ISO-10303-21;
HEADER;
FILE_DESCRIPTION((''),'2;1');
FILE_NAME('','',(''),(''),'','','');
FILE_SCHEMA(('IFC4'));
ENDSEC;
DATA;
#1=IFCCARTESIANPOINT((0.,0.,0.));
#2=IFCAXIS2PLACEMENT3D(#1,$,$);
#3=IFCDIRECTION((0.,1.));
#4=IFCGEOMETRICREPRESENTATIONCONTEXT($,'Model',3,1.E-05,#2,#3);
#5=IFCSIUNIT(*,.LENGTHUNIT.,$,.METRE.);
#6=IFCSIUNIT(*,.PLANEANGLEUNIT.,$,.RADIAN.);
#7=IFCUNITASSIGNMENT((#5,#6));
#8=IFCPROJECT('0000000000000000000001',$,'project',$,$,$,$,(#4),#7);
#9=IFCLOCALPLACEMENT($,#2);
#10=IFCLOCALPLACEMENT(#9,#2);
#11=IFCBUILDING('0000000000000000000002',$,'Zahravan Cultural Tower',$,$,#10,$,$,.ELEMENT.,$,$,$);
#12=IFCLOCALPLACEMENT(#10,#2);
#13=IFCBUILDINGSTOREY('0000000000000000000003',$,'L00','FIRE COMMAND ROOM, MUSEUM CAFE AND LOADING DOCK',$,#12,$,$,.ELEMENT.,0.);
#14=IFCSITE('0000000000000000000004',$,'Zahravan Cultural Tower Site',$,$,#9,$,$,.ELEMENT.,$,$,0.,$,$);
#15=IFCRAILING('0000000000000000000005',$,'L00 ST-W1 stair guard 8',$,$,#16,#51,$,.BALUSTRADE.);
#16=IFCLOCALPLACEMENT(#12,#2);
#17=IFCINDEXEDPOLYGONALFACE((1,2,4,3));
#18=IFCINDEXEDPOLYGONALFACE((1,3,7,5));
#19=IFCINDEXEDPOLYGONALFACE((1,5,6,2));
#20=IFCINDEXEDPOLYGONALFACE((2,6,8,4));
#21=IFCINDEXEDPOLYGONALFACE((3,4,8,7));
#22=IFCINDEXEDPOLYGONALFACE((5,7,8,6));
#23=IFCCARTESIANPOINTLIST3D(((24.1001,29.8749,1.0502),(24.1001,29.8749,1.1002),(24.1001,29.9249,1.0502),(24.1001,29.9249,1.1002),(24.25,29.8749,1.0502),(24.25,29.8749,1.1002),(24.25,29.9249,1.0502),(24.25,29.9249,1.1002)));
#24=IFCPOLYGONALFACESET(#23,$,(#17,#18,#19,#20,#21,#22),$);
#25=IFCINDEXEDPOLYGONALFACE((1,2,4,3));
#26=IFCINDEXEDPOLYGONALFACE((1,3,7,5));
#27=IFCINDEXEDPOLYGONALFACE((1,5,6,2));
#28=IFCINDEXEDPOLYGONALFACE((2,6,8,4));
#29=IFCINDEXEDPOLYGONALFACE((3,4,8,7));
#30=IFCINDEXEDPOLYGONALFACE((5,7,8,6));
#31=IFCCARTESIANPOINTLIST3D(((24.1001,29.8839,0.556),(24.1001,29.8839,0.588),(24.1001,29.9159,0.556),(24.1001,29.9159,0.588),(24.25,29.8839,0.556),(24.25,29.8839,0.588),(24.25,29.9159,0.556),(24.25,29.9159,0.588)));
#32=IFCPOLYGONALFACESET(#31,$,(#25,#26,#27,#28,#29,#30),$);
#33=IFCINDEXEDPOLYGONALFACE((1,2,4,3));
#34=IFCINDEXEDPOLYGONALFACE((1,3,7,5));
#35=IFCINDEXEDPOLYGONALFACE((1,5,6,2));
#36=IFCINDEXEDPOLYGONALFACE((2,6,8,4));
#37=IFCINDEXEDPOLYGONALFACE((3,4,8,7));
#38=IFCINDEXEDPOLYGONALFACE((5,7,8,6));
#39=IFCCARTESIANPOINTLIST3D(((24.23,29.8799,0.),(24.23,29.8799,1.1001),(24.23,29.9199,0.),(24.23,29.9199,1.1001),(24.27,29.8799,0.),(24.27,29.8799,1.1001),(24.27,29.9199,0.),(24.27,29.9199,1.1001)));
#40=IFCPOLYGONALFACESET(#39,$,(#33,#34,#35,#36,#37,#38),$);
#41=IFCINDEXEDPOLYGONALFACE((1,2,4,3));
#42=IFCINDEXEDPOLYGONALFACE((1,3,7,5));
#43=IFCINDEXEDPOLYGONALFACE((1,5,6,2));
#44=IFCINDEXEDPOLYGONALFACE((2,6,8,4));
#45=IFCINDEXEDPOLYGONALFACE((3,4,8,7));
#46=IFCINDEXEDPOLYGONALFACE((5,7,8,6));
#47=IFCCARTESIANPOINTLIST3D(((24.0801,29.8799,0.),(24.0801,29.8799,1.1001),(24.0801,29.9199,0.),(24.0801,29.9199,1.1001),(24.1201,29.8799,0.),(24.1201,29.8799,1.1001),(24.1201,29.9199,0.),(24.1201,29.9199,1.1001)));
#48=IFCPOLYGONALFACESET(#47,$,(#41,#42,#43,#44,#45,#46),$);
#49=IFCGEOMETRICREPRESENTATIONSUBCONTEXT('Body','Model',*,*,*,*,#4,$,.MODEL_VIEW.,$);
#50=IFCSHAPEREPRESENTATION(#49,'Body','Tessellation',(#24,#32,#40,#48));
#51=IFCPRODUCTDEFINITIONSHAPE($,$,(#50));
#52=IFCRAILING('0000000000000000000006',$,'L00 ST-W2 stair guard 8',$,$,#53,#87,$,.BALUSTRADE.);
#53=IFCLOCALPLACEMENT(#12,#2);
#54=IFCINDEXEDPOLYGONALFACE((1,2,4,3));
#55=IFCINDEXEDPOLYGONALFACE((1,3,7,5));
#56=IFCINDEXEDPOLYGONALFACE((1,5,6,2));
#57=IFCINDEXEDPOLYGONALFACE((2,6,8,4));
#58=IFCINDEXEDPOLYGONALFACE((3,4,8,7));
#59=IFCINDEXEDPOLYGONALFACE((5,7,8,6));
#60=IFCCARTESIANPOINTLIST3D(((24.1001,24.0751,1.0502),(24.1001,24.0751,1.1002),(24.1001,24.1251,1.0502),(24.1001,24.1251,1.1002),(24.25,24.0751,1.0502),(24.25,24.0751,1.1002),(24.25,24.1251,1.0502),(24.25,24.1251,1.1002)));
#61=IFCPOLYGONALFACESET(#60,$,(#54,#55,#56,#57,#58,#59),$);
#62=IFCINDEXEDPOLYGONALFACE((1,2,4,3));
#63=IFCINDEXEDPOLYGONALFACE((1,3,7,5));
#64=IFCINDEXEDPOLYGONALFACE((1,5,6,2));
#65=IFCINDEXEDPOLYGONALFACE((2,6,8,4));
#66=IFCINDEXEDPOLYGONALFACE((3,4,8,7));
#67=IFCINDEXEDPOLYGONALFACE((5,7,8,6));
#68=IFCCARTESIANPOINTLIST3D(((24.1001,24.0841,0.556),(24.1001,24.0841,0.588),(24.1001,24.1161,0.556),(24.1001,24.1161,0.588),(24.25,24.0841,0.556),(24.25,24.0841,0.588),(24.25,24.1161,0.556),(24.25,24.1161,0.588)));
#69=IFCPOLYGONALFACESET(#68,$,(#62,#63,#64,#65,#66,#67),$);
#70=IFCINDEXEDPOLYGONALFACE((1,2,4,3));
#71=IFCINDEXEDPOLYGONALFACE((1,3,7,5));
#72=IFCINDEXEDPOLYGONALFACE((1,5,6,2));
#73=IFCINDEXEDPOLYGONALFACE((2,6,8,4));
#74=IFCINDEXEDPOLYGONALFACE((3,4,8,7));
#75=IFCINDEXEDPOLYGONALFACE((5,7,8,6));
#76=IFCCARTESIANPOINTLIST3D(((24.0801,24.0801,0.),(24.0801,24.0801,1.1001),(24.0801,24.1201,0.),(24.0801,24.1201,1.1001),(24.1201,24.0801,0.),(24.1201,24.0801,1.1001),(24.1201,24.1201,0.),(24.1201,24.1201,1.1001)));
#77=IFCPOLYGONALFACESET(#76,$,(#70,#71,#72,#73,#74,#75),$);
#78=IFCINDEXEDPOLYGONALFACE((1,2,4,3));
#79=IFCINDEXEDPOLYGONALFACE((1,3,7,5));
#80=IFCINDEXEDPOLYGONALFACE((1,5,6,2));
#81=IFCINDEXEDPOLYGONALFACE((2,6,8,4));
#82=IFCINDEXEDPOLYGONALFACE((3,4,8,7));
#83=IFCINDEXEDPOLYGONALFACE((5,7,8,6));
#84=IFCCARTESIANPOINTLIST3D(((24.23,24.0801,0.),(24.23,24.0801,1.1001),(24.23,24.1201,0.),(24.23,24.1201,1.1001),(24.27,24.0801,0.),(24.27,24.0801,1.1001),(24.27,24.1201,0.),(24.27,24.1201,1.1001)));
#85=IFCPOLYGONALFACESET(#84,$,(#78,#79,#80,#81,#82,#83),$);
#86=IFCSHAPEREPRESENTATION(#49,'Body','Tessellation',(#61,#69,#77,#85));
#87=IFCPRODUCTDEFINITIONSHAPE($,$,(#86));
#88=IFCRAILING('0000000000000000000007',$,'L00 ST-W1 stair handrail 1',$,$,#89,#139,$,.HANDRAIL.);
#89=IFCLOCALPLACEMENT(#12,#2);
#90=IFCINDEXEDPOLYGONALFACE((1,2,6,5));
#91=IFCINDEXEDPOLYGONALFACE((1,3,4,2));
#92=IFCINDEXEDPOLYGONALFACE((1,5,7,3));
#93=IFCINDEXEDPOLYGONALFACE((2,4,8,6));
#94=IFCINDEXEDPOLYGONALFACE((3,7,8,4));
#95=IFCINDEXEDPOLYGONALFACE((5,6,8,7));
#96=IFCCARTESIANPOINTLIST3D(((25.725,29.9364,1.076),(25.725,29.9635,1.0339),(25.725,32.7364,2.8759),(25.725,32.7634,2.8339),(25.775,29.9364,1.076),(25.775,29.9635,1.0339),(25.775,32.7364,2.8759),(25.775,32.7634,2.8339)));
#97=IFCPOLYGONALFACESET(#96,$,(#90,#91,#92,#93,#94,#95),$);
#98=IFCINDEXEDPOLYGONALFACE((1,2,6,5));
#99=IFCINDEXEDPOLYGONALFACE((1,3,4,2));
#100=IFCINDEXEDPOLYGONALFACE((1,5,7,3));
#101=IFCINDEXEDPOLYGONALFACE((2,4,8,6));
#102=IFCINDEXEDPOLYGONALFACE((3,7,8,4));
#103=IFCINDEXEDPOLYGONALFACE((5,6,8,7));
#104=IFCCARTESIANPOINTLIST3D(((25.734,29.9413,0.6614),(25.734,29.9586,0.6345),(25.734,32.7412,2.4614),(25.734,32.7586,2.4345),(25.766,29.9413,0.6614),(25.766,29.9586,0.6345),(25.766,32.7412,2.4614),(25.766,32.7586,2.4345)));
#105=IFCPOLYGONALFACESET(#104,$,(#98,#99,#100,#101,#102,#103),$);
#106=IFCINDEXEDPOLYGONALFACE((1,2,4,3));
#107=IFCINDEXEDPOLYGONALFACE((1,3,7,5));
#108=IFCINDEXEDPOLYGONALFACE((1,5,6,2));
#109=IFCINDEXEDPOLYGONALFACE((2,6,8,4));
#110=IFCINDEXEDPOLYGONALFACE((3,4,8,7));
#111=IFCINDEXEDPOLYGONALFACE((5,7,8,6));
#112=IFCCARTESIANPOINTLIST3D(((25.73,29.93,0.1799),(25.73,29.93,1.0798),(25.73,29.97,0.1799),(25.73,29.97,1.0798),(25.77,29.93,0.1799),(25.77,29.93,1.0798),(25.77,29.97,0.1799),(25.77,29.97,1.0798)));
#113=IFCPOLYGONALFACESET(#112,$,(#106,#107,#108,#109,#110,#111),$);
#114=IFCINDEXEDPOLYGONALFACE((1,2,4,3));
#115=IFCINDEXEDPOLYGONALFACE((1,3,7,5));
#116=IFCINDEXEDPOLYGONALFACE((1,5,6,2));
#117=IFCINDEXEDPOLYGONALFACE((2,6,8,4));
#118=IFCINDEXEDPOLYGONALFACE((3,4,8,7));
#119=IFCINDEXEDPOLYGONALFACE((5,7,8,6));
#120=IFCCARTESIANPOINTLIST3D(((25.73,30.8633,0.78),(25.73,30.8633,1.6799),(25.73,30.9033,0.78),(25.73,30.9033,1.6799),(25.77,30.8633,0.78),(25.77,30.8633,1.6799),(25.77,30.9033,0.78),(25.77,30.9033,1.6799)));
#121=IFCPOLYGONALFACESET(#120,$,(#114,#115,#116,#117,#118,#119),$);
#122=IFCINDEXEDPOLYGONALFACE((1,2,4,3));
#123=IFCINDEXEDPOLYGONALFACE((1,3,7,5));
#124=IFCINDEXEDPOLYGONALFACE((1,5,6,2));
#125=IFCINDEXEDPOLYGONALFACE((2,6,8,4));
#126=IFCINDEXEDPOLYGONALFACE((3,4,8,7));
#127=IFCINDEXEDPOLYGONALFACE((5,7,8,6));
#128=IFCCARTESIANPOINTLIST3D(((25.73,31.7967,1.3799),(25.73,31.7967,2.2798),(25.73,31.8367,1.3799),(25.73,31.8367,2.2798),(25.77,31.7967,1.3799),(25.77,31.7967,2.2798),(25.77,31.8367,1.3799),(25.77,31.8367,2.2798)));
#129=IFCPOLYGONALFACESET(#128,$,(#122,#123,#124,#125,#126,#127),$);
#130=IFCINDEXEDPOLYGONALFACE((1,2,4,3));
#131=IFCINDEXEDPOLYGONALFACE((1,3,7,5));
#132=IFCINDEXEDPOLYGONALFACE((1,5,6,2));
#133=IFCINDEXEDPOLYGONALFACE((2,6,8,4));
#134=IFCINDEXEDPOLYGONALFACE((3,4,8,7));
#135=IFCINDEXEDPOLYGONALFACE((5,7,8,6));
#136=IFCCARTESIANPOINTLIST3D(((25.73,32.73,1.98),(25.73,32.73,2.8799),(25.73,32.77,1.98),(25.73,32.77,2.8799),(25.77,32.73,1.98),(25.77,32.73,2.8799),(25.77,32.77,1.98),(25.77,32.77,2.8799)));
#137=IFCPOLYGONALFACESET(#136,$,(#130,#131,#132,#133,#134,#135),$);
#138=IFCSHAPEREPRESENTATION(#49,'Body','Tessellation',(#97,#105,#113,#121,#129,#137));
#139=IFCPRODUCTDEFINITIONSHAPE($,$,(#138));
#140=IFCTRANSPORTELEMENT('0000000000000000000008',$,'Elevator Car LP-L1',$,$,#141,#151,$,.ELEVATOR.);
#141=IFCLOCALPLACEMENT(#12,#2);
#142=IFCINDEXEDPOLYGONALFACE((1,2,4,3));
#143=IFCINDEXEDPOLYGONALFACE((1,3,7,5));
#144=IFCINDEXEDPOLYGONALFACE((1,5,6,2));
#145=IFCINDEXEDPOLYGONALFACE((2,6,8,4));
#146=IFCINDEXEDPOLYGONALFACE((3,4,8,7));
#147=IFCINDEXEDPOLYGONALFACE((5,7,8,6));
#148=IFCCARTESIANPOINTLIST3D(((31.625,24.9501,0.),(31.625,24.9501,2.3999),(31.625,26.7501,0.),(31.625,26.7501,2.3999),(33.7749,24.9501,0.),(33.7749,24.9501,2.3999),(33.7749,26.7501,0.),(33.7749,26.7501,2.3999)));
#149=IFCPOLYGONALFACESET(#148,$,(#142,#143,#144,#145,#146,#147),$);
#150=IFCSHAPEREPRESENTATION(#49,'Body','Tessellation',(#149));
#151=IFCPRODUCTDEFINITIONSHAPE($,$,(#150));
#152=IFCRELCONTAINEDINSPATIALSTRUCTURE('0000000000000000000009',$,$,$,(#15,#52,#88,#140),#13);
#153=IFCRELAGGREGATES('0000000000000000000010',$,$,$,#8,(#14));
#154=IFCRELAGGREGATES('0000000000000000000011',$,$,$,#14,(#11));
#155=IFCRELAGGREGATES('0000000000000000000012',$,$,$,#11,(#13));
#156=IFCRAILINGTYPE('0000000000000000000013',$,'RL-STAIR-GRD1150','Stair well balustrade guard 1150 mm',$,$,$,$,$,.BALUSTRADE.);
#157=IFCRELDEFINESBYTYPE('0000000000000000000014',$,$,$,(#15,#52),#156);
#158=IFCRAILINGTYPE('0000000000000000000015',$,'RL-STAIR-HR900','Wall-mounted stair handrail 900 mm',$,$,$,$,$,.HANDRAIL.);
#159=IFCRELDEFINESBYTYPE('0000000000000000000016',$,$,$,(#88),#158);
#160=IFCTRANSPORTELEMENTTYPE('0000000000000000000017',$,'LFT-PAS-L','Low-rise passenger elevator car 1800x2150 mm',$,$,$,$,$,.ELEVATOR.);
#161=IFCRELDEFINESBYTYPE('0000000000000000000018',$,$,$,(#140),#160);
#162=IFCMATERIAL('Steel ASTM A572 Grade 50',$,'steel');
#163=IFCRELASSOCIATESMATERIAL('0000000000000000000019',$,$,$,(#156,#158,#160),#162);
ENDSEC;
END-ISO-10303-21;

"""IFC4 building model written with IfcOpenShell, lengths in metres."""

from ifc_helpers import new_model, si_unit, direction, frame, origin, origin_2d, place, context, subcontext, project, spatial, rectangle, extrude, source, transform, mapped, material, type_object, element, save


model = new_model("IFC4")

# Units and contexts
model_context = context("Model", 3, precision=1e-05, world=origin(), true_north=direction((0.0, 1.0)))
body_context = subcontext(model_context, "Body", "Model", "MODEL_VIEW")
ifc_project = project(units=[si_unit("LENGTHUNIT", "METRE"), si_unit("PLANEANGLEUNIT", "RADIAN")], contexts=[model_context])

# Site, building, storey
site_placement = place(None, origin())
site = spatial("IfcSite", under=ifc_project, at=site_placement, Name="Zahravan Cultural Tower Site", CompositionType="ELEMENT", RefElevation=0.0)
building_placement = place(site_placement, origin())
building = spatial("IfcBuilding", under=site, at=building_placement, Name="Zahravan Cultural Tower", CompositionType="ELEMENT")
storey_placement = place(building_placement, origin())
storey = spatial("IfcBuildingStorey", under=building, at=storey_placement, Name="L00", Description="FIRE COMMAND ROOM, MUSEUM CAFE AND LOADING DOCK", CompositionType="ELEMENT", Elevation=0.0)

# Shared definitions
ifc_material_1 = material(Name="Steel ASTM A572 Grade 50", Category="steel")

# Railings
railing_type_1 = type_object("IfcRailingType", Name="RL-STAIR-GRD1150", Description="Stair well balustrade guard 1150 mm", PredefinedType="BALUSTRADE", material=ifc_material_1)
railing_1_placement = place(storey_placement, frame((24.25, 29.8999, 0.0)))
element("IfcRailing", 1, at=railing_1_placement, inside=storey, type_object=railing_type_1, Name="L00 ST-W1 stair guard 8", PredefinedType="BALUSTRADE", context=body_context, shape_type="SweptSolid", body=[
    extrude(rectangle(XDim=0.05, YDim=0.05, at=origin_2d()), frame((0.0, 0.0, 1.0752), z_axis=(-1.0, 0.0, 0.0), x_axis=(0.0, -1.0, 0.0)), (0.0, 0.0, 1.0), 0.1499),
    extrude(rectangle(XDim=0.032, YDim=0.032, at=origin_2d()), frame((0.0, 0.0, 0.572), z_axis=(-1.0, 0.0, 0.0), x_axis=(0.0, -1.0, 0.0)), (0.0, 0.0, 1.0), 0.1499),
    extrude(rectangle(XDim=0.04, YDim=0.04, at=origin_2d()), origin(), (0.0, 0.0, 1.0), 1.1001),
    extrude(rectangle(XDim=0.04, YDim=0.04, at=origin_2d()), frame((-0.1499, 0.0, 0.0)), (0.0, 0.0, 1.0), 1.1001),
])
railing_2_placement = place(storey_placement, frame((24.1001, 24.1001, 0.0)))
element("IfcRailing", 2, at=railing_2_placement, inside=storey, type_object=railing_type_1, Name="L00 ST-W2 stair guard 8", PredefinedType="BALUSTRADE", context=body_context, shape_type="SweptSolid", body=[
    extrude(rectangle(XDim=0.05, YDim=0.05, at=origin_2d()), frame((0.0, 0.0, 1.0752), z_axis=(1.0, 0.0, 0.0), x_axis=(0.0, 1.0, 0.0)), (0.0, 0.0, 1.0), 0.1499),
    extrude(rectangle(XDim=0.032, YDim=0.032, at=origin_2d()), frame((0.0, 0.0, 0.572), z_axis=(1.0, 0.0, 0.0), x_axis=(0.0, 1.0, 0.0)), (0.0, 0.0, 1.0), 0.1499),
    extrude(rectangle(XDim=0.04, YDim=0.04, at=origin_2d()), origin(), (0.0, 0.0, 1.0), 1.1001),
    extrude(rectangle(XDim=0.04, YDim=0.04, at=origin_2d()), frame((0.1499, 0.0, 0.0)), (0.0, 0.0, 1.0), 1.1001),
])
railing_type_2 = type_object("IfcRailingType", Name="RL-STAIR-HR900", Description="Wall-mounted stair handrail 900 mm", PredefinedType="HANDRAIL", material=ifc_material_1)
railing_3_placement = place(storey_placement, frame((25.75, 29.95, 0.1799)))
element("IfcRailing", 3, at=railing_3_placement, inside=storey, type_object=railing_type_2, Name="L00 ST-W1 stair handrail 1", PredefinedType="HANDRAIL", context=body_context, shape_type="SweptSolid", body=[
    extrude(rectangle(XDim=0.05, YDim=0.05, at=origin_2d()), frame((0.0, 0.0, 0.875), z_axis=(0.0, 0.841176, 0.540761), x_axis=(-1.0, 0.0, 0.0)), (0.0, 0.0, 1.0), 3.3286),
    extrude(rectangle(XDim=0.032, YDim=0.032, at=origin_2d()), frame((0.0, 0.0, 0.468), z_axis=(0.0, 0.841176, 0.540761), x_axis=(-1.0, 0.0, 0.0)), (0.0, 0.0, 1.0), 3.3286),
    extrude(rectangle(XDim=0.04, YDim=0.04, at=origin_2d()), origin(), (0.0, 0.0, 1.0), 0.8999),
    extrude(rectangle(XDim=0.04, YDim=0.04, at=origin_2d()), frame((0.0, 0.9333, 0.6001)), (0.0, 0.0, 1.0), 0.8999),
    extrude(rectangle(XDim=0.04, YDim=0.04, at=origin_2d()), frame((0.0, 1.8667, 1.2)), (0.0, 0.0, 1.0), 0.8999),
    extrude(rectangle(XDim=0.04, YDim=0.04, at=origin_2d()), frame((0.0, 2.8, 1.8)), (0.0, 0.0, 1.0), 0.8999),
])

# Transport element
transport_element_type = type_object("IfcTransportElementType", Name="LFT-PAS-L", Description="Low-rise passenger elevator car 1800x2150 mm", PredefinedType="ELEVATOR", material=ifc_material_1)
shared_shape_1 = source(origin(), body_context, "Body", "SweptSolid", [
    extrude(rectangle(XDim=2.1499, YDim=1.8, at=origin_2d()), origin(), (0.0, 0.0, 1.0), 2.3999),
])
transport_element_placement = place(storey_placement, frame((32.7, 25.8501, 0.0), z_axis=(0.0, 0.0, 1.0), x_axis=(1.0, 0.0, 0.0)))
element("IfcTransportElement", 4, at=transport_element_placement, inside=storey, type_object=transport_element_type, Name="Elevator Car LP-L1", PredefinedType="ELEVATOR", context=body_context, shape_type="MappedRepresentation", body=[
    mapped(shared_shape_1, transform((0.0, 0.0, 0.0), x_axis=(1.0, 0.0, 0.0), y_axis=(0.0, 1.0, 0.0), z_axis=(0.0, 0.0, 1.0), scale=1.0)),
])

save(model, "model.ifc")
